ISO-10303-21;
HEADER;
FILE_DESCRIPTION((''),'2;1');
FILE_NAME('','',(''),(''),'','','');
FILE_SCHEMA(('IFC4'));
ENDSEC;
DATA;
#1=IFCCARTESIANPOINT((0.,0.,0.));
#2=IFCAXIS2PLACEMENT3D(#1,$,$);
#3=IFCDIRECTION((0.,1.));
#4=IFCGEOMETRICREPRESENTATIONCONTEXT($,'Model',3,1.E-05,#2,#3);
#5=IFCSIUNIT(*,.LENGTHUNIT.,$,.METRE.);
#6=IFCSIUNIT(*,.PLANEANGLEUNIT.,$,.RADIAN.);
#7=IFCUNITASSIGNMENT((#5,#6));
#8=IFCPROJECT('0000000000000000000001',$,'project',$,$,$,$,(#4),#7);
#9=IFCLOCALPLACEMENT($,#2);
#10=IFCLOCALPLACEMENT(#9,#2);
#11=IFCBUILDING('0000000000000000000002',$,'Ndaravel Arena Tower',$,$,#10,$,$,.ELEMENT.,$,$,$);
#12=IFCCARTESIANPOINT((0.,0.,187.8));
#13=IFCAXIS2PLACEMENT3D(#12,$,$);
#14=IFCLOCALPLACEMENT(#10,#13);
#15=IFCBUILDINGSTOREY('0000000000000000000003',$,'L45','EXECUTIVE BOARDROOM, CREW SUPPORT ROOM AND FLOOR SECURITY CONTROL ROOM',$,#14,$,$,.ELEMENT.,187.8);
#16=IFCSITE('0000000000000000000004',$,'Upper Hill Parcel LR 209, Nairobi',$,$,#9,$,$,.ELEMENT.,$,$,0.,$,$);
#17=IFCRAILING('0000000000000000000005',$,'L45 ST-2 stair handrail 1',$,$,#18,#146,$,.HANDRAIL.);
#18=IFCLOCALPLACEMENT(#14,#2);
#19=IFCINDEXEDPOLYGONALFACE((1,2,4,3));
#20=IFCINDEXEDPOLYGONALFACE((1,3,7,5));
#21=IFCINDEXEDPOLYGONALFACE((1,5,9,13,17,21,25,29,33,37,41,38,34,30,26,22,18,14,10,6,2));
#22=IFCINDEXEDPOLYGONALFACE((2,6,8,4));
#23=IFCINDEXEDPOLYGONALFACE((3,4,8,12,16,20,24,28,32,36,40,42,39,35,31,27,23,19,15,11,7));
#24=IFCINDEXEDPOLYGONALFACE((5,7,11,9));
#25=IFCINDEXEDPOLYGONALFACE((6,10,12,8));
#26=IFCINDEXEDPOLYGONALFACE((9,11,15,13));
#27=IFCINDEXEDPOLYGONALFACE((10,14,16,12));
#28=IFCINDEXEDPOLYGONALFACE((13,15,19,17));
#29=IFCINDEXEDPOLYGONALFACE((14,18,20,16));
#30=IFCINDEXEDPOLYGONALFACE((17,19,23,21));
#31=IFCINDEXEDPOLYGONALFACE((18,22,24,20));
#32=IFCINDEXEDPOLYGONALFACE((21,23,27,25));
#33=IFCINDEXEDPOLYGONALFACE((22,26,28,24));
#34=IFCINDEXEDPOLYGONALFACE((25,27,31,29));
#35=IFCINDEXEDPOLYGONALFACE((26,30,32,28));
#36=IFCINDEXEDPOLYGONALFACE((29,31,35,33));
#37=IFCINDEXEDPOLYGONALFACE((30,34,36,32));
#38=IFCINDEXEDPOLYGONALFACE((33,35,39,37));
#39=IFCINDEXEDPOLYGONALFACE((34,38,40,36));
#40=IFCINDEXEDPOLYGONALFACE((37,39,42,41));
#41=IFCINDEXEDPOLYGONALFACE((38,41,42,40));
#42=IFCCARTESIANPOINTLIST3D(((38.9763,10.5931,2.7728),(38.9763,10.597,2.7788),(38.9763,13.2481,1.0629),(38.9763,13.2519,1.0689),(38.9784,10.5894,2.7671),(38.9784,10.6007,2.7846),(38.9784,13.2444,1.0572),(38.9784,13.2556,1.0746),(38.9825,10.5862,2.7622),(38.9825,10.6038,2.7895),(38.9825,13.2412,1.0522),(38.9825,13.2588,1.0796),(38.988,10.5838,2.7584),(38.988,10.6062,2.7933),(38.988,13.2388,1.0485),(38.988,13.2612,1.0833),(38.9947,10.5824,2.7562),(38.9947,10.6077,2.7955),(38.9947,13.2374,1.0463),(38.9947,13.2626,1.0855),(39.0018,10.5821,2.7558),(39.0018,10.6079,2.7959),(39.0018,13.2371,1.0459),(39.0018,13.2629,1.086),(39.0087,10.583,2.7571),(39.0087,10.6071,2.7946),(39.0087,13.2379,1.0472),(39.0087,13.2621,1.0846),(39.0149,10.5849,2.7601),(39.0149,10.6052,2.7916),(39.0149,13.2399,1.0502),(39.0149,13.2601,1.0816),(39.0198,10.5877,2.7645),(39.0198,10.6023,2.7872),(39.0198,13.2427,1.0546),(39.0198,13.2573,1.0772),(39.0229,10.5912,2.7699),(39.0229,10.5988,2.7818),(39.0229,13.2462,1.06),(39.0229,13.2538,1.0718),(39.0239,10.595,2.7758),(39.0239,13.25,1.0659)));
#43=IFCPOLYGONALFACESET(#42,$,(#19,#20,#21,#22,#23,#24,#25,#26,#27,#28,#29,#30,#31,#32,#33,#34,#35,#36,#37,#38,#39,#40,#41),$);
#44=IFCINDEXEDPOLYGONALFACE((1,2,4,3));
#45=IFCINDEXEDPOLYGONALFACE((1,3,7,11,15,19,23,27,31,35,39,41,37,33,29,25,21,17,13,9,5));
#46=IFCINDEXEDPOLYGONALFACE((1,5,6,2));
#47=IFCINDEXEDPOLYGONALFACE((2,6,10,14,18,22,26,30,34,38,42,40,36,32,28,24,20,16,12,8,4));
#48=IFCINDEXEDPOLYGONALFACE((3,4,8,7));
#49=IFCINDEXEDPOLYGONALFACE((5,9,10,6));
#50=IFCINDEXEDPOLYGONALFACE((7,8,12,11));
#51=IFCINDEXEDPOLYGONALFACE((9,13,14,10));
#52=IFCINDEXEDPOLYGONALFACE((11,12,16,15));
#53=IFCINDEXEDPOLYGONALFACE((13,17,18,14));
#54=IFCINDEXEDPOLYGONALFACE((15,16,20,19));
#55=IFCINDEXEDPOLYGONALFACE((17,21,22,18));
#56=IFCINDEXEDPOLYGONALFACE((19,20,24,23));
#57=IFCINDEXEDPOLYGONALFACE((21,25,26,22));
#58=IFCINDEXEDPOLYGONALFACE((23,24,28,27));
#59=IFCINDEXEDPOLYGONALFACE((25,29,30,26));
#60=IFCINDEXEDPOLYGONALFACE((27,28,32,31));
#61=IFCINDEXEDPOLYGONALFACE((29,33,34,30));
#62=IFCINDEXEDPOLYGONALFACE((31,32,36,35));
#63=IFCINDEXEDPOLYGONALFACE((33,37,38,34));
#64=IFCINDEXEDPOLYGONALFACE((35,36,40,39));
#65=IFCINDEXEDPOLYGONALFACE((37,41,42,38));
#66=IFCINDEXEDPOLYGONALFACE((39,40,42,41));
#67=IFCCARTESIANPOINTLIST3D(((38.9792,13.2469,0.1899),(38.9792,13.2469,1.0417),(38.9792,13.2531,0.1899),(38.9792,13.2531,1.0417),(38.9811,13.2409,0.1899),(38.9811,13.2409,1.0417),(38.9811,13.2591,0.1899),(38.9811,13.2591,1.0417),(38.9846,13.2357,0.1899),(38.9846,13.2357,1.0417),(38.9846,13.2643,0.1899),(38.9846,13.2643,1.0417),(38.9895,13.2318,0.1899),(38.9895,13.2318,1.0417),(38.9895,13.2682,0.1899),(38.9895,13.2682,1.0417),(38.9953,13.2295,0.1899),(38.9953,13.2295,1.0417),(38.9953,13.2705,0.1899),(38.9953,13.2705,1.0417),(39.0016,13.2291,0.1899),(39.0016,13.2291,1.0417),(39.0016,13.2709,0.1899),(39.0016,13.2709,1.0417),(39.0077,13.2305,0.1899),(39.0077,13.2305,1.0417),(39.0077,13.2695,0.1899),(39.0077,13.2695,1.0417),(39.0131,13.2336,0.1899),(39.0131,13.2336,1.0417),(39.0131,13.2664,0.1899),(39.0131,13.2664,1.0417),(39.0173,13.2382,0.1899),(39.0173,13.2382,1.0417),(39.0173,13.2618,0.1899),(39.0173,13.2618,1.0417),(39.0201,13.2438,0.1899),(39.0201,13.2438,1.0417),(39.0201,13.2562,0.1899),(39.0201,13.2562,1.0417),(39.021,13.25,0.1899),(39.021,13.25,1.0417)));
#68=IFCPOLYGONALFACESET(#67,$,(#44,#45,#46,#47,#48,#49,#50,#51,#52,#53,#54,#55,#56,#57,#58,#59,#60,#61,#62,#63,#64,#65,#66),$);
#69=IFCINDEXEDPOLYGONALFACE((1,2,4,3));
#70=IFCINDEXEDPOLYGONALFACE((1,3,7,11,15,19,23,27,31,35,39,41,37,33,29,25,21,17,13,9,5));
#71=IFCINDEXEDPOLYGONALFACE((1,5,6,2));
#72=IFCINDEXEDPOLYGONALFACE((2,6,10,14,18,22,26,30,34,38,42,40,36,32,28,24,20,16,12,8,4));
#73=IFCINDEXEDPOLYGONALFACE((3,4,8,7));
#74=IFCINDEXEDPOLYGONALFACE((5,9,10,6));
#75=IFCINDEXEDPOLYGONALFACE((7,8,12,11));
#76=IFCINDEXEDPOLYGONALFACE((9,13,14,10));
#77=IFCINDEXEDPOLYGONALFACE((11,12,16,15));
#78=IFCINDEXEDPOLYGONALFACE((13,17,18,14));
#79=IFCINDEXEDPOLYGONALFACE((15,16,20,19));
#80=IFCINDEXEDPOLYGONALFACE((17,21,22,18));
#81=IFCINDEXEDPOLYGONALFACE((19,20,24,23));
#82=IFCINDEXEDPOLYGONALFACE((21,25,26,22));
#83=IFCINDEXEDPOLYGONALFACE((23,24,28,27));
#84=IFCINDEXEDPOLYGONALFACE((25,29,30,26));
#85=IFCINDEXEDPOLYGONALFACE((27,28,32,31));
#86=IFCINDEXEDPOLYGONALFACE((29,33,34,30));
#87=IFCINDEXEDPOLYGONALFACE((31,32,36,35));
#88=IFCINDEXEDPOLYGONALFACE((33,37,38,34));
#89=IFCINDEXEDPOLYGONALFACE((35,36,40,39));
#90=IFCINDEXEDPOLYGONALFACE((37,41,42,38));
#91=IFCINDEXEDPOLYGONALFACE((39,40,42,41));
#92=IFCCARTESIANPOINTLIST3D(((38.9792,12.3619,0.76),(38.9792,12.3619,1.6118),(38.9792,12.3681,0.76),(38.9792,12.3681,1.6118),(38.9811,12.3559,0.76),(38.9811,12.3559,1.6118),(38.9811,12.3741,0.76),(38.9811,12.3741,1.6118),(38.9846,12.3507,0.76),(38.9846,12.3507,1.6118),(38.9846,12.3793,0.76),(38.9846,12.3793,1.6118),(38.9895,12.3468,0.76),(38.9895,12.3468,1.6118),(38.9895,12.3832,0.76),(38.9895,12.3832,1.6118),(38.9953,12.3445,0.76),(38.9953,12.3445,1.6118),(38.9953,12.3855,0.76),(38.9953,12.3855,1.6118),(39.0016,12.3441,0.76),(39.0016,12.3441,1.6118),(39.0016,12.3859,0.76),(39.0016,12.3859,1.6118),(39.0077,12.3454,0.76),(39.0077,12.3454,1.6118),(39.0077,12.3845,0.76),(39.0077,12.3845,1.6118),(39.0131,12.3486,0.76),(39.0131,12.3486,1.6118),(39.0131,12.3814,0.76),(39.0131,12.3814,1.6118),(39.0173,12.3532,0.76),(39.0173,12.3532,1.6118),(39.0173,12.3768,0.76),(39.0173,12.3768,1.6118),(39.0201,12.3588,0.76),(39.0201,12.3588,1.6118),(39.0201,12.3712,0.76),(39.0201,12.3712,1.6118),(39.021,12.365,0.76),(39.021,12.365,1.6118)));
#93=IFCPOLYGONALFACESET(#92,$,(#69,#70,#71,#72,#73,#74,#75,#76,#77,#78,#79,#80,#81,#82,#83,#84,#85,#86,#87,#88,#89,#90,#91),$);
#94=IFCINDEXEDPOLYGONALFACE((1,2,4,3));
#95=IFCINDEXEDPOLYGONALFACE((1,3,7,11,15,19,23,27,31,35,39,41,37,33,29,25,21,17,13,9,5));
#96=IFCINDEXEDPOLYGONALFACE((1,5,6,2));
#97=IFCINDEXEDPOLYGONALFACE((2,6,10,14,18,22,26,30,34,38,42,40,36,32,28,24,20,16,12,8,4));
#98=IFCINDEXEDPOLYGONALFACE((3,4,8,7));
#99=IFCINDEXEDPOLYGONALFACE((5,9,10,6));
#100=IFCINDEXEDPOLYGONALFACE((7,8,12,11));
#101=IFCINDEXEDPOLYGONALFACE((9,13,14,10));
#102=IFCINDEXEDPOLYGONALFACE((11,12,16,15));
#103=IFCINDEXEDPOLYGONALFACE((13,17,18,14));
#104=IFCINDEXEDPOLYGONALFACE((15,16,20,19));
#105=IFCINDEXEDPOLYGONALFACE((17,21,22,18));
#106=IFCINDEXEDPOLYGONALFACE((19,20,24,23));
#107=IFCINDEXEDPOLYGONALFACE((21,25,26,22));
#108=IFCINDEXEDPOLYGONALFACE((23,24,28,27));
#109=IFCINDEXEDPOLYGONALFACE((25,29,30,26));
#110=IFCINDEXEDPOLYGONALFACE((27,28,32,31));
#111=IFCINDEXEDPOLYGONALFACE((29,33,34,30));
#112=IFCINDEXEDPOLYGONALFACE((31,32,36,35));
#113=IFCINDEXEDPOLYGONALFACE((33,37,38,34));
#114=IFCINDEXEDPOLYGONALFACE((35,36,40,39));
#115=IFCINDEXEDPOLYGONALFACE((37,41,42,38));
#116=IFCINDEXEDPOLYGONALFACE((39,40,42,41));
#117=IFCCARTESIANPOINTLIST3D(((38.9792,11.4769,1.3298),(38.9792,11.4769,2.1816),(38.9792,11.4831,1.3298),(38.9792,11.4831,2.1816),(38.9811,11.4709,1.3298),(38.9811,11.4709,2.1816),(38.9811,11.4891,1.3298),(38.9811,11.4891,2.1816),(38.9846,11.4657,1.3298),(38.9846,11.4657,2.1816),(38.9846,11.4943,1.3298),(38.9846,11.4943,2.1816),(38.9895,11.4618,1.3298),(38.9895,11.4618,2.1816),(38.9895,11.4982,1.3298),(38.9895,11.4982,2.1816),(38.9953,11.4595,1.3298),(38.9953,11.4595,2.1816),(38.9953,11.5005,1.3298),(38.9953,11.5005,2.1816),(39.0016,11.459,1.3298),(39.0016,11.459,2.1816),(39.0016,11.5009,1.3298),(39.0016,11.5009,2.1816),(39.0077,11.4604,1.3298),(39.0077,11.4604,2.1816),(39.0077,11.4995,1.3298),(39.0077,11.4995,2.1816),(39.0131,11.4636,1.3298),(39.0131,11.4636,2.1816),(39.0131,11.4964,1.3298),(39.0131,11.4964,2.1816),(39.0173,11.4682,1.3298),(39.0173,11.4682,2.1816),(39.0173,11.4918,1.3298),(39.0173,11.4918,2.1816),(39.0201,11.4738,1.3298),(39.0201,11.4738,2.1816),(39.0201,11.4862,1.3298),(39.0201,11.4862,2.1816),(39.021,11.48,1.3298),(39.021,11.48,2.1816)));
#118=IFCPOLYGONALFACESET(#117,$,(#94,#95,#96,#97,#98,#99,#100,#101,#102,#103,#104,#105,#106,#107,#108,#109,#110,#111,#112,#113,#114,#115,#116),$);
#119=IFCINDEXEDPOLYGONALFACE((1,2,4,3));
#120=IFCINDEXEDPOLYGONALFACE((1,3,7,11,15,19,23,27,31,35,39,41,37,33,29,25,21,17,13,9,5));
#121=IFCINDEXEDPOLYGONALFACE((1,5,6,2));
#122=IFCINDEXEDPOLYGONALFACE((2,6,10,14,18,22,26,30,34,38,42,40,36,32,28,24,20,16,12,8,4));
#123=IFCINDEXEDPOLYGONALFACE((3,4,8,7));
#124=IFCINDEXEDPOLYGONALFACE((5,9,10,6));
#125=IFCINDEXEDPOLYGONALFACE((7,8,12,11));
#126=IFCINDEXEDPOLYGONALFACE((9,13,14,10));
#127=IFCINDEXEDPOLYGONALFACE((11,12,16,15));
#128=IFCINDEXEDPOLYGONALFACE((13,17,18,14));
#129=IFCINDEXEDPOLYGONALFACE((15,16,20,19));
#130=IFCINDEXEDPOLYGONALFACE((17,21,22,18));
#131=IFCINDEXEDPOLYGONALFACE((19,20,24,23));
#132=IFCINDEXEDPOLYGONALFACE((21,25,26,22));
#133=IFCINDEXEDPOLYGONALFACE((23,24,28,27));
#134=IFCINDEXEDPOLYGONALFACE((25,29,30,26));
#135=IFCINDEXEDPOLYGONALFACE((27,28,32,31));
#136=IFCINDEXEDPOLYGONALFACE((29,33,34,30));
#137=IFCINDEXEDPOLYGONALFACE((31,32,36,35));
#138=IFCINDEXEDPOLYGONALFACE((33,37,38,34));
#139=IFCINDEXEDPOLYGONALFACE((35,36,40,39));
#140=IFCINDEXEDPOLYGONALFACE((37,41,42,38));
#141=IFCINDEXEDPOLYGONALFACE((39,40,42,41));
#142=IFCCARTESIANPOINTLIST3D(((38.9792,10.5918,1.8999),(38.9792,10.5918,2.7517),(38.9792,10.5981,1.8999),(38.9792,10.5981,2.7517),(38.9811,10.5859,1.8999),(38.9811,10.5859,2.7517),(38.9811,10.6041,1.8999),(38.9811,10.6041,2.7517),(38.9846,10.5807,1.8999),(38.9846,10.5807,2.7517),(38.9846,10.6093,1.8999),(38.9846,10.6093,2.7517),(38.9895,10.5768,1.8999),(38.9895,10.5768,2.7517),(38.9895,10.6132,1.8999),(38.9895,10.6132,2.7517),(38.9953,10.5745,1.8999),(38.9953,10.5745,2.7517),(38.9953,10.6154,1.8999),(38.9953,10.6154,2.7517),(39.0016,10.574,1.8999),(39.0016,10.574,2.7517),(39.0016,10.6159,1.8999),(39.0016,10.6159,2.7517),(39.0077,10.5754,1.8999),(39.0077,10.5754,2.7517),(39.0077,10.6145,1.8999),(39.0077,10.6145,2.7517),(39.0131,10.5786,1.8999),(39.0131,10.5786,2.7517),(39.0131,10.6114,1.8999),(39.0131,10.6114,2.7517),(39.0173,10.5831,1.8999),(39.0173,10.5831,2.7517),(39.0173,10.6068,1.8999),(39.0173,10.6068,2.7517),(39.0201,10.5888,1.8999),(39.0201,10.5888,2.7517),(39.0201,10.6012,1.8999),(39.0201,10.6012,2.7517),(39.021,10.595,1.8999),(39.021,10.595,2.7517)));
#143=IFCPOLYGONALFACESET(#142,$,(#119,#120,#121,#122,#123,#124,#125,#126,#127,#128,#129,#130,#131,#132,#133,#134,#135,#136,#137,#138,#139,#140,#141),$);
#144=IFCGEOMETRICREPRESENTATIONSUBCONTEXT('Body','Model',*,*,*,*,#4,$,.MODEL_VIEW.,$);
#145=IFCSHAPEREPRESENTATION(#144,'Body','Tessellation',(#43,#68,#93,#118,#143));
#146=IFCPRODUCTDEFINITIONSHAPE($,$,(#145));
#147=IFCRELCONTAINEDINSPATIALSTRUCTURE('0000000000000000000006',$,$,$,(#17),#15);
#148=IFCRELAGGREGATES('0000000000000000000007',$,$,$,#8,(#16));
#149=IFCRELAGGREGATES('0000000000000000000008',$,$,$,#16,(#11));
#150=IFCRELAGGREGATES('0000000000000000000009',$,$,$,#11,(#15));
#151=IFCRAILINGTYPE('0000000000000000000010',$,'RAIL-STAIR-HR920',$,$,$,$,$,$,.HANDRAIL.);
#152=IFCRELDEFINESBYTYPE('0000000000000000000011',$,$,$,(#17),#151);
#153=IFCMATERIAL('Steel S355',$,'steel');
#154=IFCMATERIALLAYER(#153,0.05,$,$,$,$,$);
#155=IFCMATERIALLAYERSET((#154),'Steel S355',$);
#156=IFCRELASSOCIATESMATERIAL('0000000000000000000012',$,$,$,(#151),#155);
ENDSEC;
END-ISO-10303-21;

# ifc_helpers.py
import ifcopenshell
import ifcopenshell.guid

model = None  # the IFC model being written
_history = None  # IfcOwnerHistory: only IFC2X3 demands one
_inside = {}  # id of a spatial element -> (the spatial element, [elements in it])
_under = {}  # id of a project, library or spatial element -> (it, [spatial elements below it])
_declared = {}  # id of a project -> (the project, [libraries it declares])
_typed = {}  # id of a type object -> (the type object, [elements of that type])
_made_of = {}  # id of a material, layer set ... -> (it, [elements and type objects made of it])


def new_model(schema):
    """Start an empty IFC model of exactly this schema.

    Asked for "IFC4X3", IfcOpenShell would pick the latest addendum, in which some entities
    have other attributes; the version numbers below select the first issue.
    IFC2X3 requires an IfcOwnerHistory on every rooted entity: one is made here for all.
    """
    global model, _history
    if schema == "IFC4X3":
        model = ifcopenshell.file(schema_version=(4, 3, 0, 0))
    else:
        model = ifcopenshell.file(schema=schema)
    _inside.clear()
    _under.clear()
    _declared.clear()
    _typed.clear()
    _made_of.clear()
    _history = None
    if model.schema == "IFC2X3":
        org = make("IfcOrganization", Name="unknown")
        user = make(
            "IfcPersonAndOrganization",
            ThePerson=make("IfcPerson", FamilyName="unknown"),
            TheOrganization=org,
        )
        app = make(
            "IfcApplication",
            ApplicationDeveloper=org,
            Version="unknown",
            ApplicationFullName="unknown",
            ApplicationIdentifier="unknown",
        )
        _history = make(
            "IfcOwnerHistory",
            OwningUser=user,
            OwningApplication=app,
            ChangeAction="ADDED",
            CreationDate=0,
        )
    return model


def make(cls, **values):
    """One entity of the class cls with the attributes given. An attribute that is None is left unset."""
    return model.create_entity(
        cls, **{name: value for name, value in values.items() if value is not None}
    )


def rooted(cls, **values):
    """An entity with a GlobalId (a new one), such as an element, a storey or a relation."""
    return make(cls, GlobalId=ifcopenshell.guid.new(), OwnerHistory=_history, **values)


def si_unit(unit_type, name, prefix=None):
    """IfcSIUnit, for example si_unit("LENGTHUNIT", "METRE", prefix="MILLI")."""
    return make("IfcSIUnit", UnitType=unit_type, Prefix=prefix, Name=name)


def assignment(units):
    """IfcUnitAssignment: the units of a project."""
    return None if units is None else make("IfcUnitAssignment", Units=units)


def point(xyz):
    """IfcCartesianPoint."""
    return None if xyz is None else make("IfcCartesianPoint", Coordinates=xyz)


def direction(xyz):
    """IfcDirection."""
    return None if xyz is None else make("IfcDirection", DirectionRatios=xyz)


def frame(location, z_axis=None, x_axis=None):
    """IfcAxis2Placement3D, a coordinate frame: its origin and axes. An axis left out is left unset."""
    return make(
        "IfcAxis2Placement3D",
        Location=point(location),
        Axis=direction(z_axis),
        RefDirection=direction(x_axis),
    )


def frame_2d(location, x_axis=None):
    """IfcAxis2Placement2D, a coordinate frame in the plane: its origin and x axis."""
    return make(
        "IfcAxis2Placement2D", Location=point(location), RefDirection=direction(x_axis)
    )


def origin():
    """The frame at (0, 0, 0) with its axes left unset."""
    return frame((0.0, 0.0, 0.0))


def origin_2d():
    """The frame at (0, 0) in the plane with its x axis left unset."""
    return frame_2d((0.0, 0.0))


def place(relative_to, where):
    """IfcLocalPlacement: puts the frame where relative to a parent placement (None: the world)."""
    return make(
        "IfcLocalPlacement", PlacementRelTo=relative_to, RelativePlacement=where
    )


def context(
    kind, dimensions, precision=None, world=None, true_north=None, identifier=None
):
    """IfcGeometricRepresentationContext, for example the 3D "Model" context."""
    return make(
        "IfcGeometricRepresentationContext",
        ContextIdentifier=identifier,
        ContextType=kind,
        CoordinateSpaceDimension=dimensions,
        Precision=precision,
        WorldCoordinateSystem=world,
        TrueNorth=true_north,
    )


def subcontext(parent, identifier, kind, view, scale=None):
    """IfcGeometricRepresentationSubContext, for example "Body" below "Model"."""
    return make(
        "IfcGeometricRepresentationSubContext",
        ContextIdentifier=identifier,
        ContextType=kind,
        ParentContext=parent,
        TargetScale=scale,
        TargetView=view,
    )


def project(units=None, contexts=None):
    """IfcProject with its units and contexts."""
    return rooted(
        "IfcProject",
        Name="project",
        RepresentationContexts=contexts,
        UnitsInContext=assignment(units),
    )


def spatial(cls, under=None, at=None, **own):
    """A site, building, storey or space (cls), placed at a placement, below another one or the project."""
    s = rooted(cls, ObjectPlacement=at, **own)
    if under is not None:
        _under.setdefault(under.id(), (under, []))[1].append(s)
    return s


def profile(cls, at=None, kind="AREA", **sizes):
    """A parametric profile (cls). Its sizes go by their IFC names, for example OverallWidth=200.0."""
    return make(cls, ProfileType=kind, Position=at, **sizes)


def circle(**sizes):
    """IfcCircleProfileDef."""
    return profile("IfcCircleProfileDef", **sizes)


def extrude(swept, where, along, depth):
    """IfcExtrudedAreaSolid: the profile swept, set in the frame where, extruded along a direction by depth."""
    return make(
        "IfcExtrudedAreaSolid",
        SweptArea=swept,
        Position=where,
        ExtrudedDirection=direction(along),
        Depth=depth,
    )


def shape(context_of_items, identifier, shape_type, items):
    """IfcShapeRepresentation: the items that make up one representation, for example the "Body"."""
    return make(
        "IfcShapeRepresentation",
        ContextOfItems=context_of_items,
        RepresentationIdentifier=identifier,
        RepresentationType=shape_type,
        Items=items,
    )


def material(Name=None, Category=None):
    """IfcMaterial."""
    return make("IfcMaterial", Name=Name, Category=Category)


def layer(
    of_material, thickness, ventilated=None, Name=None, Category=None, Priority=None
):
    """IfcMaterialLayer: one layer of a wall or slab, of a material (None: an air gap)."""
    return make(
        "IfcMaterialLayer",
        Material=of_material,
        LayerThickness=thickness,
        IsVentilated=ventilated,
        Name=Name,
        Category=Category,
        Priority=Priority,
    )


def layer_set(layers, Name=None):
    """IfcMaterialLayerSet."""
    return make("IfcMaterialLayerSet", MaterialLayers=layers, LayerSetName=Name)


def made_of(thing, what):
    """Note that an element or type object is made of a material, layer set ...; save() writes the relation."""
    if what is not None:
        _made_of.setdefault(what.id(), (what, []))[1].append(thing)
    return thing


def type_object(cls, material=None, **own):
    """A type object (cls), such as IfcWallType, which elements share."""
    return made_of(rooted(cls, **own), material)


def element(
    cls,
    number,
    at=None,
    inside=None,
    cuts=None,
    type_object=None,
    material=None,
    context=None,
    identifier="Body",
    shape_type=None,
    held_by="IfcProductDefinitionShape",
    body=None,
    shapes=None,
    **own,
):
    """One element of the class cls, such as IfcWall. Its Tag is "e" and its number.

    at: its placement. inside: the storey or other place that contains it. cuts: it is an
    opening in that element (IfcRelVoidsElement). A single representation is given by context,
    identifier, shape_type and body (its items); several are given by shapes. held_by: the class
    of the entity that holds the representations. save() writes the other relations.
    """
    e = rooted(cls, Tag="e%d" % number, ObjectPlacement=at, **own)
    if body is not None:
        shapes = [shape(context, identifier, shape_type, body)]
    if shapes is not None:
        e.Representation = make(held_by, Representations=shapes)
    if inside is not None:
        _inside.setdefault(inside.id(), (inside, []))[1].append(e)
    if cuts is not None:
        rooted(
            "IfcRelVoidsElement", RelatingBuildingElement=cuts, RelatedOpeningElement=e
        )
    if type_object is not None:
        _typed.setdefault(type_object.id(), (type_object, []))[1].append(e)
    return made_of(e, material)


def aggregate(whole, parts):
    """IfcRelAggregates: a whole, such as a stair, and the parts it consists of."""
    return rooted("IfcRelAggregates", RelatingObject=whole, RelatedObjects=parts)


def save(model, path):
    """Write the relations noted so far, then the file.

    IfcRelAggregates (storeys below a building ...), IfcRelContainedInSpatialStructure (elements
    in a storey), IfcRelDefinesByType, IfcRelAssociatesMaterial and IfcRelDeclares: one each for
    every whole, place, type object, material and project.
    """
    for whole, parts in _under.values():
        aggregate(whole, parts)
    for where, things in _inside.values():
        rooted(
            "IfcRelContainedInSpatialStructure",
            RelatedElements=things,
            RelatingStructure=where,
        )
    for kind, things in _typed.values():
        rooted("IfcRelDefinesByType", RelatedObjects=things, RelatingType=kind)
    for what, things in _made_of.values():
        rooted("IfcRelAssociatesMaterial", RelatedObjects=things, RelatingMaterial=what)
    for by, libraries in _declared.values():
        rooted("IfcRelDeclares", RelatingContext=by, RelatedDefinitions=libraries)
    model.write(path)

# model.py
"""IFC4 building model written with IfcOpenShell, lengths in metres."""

from ifc_helpers import new_model, si_unit, direction, frame, origin, origin_2d, place, context, subcontext, project, spatial, circle, extrude, material, layer, layer_set, type_object, element, save


model = new_model("IFC4")

# Units and contexts
model_context = context("Model", 3, precision=1e-05, world=origin(), true_north=direction((0.0, 1.0)))
body_context = subcontext(model_context, "Body", "Model", "MODEL_VIEW")
ifc_project = project(units=[si_unit("LENGTHUNIT", "METRE"), si_unit("PLANEANGLEUNIT", "RADIAN")], contexts=[model_context])

# Site, building, storey
site_placement = place(None, origin())
site = spatial("IfcSite", under=ifc_project, at=site_placement, Name="Upper Hill Parcel LR 209, Nairobi", CompositionType="ELEMENT", RefElevation=0.0)
building_placement = place(site_placement, origin())
building = spatial("IfcBuilding", under=site, at=building_placement, Name="Ndaravel Arena Tower", CompositionType="ELEMENT")
storey_placement = place(building_placement, frame((0.0, 0.0, 187.8)))
storey = spatial("IfcBuildingStorey", under=building, at=storey_placement, Name="L45", Description="EXECUTIVE BOARDROOM, CREW SUPPORT ROOM AND FLOOR SECURITY CONTROL ROOM", CompositionType="ELEMENT", Elevation=187.8)

# Railing
ifc_material_1 = material(Name="Steel S355", Category="steel")
ifc_layer_1 = layer(ifc_material_1, 0.05)
ifc_layer_set_1 = layer_set([ifc_layer_1], Name="Steel S355")
railing_type_1 = type_object("IfcRailingType", Name="RAIL-STAIR-HR920", PredefinedType="HANDRAIL", material=ifc_layer_set_1)
railing_1_placement = place(storey_placement, frame((39.0, 13.25, 0.1899)))
element("IfcRailing", 1, at=railing_1_placement, inside=storey, type_object=railing_type_1, Name="L45 ST-2 stair handrail 1", PredefinedType="HANDRAIL", context=body_context, shape_type="SweptSolid", body=[
    extrude(circle(Radius=0.0239, at=origin_2d()), frame((0.0, 0.0, 0.876), z_axis=(0.0, -0.840724, 0.541465), x_axis=(1.0, 0.0, 0.0)), (0.0, 0.0, 1.0), 3.158),
    extrude(circle(Radius=0.021, at=origin_2d()), origin(), (0.0, 0.0, 1.0), 0.8518),
    extrude(circle(Radius=0.021, at=origin_2d()), frame((0.0, -0.885, 0.5701)), (0.0, 0.0, 1.0), 0.8518),
    extrude(circle(Radius=0.021, at=origin_2d()), frame((0.0, -1.77, 1.1399)), (0.0, 0.0, 1.0), 0.8518),
    extrude(circle(Radius=0.021, at=origin_2d()), frame((0.0, -2.655, 1.71)), (0.0, 0.0, 1.0), 0.8518),
])

save(model, "model.ifc")
